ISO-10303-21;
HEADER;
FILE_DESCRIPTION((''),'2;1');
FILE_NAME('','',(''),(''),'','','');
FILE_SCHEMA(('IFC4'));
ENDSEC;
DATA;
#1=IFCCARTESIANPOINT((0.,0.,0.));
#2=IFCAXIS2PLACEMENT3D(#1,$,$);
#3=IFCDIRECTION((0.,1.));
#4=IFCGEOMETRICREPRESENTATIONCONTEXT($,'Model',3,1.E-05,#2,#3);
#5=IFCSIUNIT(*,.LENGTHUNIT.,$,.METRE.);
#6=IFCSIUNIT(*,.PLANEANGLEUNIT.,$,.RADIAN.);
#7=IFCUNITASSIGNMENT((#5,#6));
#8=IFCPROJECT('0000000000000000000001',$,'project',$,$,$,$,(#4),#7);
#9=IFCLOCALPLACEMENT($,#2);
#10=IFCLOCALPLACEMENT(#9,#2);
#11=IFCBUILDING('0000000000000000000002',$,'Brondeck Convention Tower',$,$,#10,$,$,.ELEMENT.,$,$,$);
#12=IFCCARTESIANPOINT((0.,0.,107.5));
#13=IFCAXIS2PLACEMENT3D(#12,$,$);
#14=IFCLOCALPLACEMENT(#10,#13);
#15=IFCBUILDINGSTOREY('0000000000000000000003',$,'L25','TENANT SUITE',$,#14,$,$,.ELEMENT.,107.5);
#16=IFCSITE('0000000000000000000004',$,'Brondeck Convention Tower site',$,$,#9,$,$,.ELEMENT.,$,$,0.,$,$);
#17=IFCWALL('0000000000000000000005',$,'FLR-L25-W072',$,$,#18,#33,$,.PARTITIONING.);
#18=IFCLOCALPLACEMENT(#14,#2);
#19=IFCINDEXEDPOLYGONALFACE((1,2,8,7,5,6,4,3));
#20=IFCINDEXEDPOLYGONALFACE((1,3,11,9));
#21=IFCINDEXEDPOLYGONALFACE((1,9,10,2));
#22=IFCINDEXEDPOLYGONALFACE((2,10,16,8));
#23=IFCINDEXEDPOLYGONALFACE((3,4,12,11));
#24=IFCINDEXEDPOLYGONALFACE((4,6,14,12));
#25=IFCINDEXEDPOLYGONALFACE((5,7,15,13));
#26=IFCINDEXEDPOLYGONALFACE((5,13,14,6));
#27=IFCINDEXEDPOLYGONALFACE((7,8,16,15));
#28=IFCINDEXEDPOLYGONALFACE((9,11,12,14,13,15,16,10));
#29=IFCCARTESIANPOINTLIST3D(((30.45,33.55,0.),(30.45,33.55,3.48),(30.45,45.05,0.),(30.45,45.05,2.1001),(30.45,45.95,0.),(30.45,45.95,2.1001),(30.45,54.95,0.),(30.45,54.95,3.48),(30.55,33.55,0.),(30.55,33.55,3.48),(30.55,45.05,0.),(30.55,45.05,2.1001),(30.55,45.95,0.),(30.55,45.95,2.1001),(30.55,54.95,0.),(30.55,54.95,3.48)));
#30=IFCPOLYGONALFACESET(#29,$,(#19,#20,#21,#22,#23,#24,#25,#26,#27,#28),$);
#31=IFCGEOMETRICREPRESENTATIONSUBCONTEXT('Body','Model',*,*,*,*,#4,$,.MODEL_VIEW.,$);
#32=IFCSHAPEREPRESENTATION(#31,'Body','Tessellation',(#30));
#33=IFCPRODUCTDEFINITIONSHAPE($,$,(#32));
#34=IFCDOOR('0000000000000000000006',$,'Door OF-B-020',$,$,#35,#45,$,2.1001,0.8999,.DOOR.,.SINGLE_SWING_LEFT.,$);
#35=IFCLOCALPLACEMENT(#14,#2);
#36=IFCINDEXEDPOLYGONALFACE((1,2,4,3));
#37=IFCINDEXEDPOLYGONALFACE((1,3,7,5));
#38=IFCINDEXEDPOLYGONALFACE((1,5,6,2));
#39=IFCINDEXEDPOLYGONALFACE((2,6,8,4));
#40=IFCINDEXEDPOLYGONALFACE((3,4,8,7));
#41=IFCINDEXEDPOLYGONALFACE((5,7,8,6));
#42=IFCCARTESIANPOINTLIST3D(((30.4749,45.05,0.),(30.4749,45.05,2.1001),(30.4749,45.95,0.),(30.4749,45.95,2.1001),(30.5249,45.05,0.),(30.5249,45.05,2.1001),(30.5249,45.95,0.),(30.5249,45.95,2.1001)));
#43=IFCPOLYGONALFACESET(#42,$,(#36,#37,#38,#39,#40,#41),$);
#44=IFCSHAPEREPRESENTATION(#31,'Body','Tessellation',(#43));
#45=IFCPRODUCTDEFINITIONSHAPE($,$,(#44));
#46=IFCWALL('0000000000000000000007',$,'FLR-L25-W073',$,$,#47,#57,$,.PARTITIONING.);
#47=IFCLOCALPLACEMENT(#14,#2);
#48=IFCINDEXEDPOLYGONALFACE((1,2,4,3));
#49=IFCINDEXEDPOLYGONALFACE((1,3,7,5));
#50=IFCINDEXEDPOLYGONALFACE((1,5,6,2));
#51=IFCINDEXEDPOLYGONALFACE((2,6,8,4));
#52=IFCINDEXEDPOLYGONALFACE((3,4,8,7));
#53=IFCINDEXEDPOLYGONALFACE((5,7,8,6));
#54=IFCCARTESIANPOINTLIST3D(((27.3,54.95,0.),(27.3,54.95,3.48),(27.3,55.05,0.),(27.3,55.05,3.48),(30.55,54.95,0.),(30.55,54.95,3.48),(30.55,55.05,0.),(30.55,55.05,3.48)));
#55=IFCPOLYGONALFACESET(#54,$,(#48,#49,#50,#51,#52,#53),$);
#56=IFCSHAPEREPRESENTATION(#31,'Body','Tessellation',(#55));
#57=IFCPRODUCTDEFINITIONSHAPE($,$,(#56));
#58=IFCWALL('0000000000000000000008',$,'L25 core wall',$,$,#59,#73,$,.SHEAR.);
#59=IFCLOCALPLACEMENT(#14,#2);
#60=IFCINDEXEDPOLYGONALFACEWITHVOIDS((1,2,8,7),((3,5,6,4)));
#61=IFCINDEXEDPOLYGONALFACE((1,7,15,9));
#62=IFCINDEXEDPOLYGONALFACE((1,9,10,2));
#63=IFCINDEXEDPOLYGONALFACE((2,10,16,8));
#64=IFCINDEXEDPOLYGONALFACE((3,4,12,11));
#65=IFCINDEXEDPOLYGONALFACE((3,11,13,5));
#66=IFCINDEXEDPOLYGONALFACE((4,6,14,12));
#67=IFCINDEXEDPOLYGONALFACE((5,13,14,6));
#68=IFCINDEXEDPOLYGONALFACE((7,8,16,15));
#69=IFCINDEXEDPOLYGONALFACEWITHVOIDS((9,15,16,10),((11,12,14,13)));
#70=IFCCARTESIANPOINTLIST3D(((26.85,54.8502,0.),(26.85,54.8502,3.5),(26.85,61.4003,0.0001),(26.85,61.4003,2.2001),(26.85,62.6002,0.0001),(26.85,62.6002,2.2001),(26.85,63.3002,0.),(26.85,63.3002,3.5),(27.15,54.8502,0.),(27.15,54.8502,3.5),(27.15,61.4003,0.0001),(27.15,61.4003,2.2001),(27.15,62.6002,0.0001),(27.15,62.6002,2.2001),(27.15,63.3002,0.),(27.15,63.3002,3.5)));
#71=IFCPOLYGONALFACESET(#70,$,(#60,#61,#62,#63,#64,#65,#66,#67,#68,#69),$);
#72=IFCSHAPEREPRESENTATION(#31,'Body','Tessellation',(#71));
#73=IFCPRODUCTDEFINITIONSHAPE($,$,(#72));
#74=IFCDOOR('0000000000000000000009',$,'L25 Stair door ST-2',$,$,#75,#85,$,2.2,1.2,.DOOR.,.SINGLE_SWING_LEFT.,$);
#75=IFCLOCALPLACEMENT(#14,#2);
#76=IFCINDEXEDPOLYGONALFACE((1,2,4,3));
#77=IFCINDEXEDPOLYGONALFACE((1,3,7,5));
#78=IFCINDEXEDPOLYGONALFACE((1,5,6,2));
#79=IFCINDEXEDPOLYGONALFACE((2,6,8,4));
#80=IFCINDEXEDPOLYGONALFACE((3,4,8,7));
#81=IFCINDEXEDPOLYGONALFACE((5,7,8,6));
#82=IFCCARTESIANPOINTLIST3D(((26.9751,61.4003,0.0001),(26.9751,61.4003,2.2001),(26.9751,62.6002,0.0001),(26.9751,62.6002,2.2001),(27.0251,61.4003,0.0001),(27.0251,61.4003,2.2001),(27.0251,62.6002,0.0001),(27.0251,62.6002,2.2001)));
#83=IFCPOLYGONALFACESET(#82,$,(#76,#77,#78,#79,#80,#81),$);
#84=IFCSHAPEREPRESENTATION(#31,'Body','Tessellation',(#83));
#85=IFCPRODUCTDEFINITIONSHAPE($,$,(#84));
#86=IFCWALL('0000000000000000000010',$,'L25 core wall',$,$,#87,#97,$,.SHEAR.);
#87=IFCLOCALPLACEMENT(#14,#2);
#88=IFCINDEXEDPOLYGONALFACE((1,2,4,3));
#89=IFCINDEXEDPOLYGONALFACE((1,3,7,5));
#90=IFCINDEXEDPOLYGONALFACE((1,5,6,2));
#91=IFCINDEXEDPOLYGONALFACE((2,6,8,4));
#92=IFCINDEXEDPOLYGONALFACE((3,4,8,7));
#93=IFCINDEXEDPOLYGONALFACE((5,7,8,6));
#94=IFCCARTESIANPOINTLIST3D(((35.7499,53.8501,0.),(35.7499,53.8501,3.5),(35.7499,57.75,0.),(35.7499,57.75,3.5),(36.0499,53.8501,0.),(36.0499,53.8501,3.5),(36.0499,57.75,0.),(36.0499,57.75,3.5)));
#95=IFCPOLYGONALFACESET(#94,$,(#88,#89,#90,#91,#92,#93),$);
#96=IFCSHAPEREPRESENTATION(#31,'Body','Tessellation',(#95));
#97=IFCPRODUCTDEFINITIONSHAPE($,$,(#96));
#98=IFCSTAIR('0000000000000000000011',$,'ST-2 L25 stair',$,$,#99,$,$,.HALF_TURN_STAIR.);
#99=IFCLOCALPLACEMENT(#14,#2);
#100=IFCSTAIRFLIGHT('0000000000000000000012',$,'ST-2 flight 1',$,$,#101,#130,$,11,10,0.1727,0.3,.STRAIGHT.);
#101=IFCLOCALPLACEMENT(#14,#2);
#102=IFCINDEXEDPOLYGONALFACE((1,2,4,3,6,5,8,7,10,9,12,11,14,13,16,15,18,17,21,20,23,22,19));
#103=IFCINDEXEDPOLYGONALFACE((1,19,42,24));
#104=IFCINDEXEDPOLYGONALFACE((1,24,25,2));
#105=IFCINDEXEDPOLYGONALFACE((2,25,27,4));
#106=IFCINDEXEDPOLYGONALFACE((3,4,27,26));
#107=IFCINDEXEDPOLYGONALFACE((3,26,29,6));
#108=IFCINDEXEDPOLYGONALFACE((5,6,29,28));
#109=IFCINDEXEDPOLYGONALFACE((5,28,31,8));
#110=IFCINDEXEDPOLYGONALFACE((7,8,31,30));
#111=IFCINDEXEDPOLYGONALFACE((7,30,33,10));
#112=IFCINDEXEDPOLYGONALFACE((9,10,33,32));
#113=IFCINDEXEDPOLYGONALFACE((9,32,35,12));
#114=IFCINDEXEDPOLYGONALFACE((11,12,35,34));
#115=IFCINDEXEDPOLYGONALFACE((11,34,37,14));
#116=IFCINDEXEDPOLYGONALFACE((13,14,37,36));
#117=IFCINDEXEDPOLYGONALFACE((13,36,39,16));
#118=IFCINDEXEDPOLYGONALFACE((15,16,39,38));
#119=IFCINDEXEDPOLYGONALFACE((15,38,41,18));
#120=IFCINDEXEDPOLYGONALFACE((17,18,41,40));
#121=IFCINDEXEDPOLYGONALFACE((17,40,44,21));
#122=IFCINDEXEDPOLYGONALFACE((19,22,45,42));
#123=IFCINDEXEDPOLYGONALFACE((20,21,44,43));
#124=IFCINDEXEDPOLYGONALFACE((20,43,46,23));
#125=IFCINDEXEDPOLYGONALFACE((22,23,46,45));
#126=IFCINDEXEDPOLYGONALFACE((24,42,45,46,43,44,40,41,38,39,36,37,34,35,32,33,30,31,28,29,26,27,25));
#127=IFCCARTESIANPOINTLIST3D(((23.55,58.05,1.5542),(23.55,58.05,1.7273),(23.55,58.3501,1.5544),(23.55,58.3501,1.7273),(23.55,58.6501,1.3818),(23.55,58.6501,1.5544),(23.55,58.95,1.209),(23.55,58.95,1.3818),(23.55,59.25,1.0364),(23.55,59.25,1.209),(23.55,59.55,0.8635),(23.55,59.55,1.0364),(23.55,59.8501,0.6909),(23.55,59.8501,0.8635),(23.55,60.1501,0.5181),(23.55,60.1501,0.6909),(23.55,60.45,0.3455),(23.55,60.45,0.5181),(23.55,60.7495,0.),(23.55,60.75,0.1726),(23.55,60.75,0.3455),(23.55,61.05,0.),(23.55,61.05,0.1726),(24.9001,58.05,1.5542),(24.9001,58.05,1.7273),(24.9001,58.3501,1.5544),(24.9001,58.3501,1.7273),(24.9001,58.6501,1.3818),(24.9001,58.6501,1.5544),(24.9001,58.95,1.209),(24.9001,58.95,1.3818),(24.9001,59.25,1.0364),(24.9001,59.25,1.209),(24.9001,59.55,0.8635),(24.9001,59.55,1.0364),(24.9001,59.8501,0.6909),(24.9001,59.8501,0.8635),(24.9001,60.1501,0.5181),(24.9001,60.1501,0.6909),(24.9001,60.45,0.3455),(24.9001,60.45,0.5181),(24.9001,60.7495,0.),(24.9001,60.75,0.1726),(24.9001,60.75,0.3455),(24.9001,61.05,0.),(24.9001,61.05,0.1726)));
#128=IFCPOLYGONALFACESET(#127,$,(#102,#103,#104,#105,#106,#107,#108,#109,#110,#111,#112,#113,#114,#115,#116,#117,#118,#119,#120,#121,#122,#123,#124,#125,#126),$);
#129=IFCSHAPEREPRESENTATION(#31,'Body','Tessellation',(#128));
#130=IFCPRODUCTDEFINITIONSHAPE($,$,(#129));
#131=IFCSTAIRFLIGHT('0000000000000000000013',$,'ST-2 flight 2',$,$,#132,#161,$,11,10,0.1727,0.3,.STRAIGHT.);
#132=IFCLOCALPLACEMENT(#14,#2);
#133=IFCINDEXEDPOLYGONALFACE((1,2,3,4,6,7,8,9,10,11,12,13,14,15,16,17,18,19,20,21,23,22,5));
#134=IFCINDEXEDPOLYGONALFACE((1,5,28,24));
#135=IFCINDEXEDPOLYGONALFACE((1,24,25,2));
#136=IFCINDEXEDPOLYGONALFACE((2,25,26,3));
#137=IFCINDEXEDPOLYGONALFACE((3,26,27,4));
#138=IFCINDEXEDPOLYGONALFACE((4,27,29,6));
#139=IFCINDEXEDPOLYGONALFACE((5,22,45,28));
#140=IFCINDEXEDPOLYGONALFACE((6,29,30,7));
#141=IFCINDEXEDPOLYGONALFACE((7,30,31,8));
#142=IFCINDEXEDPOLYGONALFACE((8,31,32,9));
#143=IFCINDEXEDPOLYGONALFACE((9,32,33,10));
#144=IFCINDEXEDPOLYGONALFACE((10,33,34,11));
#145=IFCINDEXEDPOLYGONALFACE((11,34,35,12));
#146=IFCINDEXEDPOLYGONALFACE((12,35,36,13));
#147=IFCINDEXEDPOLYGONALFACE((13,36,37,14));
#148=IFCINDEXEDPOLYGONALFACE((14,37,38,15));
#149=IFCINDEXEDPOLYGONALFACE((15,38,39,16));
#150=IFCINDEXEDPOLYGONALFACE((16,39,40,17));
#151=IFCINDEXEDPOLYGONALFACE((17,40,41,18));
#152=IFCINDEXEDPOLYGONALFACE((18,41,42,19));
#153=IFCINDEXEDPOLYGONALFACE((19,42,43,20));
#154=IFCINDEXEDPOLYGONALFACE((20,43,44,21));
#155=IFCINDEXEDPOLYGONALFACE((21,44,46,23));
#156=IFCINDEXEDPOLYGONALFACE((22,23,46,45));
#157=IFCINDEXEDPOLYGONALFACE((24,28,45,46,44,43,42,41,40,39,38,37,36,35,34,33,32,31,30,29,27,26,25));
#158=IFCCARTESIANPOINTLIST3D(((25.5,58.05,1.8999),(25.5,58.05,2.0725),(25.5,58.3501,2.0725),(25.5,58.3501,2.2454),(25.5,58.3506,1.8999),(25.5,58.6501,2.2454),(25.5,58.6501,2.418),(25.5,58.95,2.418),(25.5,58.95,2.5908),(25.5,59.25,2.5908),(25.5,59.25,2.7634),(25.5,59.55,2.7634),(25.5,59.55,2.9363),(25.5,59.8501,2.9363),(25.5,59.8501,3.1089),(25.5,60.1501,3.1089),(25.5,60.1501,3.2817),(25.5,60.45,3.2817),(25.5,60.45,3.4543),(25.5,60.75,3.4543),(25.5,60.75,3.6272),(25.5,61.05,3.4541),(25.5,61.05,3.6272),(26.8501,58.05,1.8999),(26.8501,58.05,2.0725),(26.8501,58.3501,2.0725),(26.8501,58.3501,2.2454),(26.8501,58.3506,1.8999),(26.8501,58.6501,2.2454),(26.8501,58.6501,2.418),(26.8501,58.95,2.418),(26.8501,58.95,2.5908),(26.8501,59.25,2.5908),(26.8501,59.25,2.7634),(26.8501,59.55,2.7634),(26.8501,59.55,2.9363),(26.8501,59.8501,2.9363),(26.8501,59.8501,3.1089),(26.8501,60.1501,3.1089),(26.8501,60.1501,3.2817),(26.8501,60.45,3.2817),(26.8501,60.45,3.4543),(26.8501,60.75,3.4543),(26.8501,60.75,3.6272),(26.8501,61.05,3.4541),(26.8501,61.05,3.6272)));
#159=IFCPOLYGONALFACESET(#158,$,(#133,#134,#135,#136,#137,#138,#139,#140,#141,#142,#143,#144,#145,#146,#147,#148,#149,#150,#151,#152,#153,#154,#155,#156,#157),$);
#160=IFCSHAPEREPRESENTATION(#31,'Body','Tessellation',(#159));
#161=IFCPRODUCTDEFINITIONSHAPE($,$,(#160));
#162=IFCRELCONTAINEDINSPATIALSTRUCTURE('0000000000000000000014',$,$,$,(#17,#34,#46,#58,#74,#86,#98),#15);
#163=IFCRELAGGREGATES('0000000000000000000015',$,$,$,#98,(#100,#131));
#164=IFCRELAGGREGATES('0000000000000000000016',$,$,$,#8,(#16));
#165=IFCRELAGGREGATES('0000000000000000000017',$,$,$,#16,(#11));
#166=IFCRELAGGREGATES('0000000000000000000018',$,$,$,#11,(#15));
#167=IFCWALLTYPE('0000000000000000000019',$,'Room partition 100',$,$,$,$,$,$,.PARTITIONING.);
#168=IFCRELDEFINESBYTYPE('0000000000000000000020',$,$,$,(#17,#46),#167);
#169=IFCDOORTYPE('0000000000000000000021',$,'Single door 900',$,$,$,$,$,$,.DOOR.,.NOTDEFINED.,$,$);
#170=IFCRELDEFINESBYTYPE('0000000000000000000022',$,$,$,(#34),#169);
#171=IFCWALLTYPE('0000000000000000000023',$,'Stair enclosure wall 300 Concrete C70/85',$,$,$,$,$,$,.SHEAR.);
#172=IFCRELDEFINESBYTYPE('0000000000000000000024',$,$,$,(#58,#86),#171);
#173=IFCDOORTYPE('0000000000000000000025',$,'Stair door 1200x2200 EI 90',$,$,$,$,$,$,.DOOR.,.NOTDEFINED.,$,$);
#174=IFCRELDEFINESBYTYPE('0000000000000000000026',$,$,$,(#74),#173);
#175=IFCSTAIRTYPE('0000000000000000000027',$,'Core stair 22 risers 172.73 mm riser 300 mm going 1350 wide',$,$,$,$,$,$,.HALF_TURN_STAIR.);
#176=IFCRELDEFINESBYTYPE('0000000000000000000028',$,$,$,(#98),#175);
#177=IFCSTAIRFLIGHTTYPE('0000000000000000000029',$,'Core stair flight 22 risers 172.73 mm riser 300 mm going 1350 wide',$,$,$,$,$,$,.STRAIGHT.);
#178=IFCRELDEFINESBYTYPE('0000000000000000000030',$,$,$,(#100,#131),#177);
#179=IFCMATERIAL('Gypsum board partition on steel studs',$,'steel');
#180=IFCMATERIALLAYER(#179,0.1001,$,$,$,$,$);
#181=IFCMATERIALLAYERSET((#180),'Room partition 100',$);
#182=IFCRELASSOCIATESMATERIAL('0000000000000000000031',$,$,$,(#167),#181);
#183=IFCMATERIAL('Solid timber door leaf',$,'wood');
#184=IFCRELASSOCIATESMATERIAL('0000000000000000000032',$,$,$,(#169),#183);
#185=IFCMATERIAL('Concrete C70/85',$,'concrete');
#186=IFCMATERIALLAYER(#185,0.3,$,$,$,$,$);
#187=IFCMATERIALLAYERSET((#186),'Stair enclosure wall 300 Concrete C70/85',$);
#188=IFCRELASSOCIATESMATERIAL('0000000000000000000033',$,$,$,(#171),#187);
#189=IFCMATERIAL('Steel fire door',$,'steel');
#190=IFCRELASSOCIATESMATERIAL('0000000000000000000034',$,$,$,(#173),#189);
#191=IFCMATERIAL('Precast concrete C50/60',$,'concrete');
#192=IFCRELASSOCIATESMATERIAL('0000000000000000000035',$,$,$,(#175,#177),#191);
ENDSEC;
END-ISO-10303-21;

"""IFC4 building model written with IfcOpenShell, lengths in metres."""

from ifc_helpers import new_model, si_unit, direction, frame, frame_2d, origin, place, context, subcontext, project, spatial, polyline, rectangle, outline, extrude, material, layer, layer_set, type_object, element, fill, aggregate, save


model = new_model("IFC4")

# Units and contexts
model_context = context("Model", 3, precision=1e-05, world=origin(), true_north=direction((0.0, 1.0)))
body_context = subcontext(model_context, "Body", "Model", "MODEL_VIEW")
ifc_project = project(units=[si_unit("LENGTHUNIT", "METRE"), si_unit("PLANEANGLEUNIT", "RADIAN")], contexts=[model_context])

# Site, building, storey
site_placement = place(None, origin())
site = spatial("IfcSite", under=ifc_project, at=site_placement, Name="Brondeck Convention Tower site", CompositionType="ELEMENT", RefElevation=0.0)
building_placement = place(site_placement, origin())
building = spatial("IfcBuilding", under=site, at=building_placement, Name="Brondeck Convention Tower", CompositionType="ELEMENT")
storey_placement = place(building_placement, frame((0.0, 0.0, 107.5)))
storey = spatial("IfcBuildingStorey", under=building, at=storey_placement, Name="L25", Description="TENANT SUITE", CompositionType="ELEMENT", Elevation=107.5)

# Shared definitions
ifc_material_1 = material(Name="Concrete C70/85", Category="concrete")

# Shared definitions
ifc_material_2 = material(Name="Gypsum board partition on steel studs", Category="steel")
ifc_layer_1 = layer(ifc_material_2, 0.1001)
ifc_layer_set_1 = layer_set([ifc_layer_1], Name="Room partition 100")
wall_type_1 = type_object("IfcWallType", Name="Room partition 100", PredefinedType="PARTITIONING", material=ifc_layer_set_1)

# Wall, opening, door
wall_1_placement = place(storey_placement, frame((30.5, 54.95, 0.0), z_axis=(0.0, 0.0, 1.0), x_axis=(0.0, -1.0, 0.0)))
wall_1 = element("IfcWall", 1, at=wall_1_placement, inside=storey, type_object=wall_type_1, Name="FLR-L25-W072", PredefinedType="PARTITIONING", context=body_context, shape_type="SweptSolid", body=[
    extrude(rectangle(XDim=21.3999, YDim=0.1001, at=frame_2d((10.7, 0.0))), origin(), (0.0, 0.0, 1.0), 3.48),
])
opening_1_placement = place(wall_1_placement, frame((9.0, 0.0, 0.0)))
opening_1 = element("IfcOpeningElement", 2, at=opening_1_placement, cuts=wall_1, PredefinedType="OPENING", context=body_context, shape_type="SweptSolid", body=[
    extrude(rectangle(XDim=0.8999, YDim=2.1001, at=frame_2d((0.45, 1.05))), frame((0.0, 0.0601, 0.0), z_axis=(0.0, -1.0, 0.0), x_axis=(1.0, 0.0, 0.0)), (0.0, 0.0, 1.0), 0.1201),
])
ifc_material_3 = material(Name="Solid timber door leaf", Category="wood")
door_type_1 = type_object("IfcDoorType", Name="Single door 900", OperationType="NOTDEFINED", PredefinedType="DOOR", material=ifc_material_3)
door_1_placement = place(opening_1_placement, origin())
door_1 = element("IfcDoor", 3, at=door_1_placement, inside=storey, type_object=door_type_1, Name="Door OF-B-020", OperationType="SINGLE_SWING_LEFT", OverallHeight=2.1001, OverallWidth=0.8999, PredefinedType="DOOR", context=body_context, shape_type="SweptSolid", body=[
    extrude(rectangle(XDim=0.8999, YDim=2.1001, at=frame_2d((0.45, 1.05))), frame((0.0, 0.0249, 0.0), z_axis=(0.0, -1.0, 0.0), x_axis=(1.0, 0.0, 0.0)), (0.0, 0.0, 1.0), 0.05),
])
fill(opening_1, door_1)

# Wall
wall_2_placement = place(storey_placement, frame((27.3, 55.0, 0.0), z_axis=(0.0, 0.0, 1.0), x_axis=(1.0, 0.0, 0.0)))
element("IfcWall", 4, at=wall_2_placement, inside=storey, type_object=wall_type_1, Name="FLR-L25-W073", PredefinedType="PARTITIONING", context=body_context, shape_type="SweptSolid", body=[
    extrude(rectangle(XDim=3.25, YDim=0.1001, at=frame_2d((1.625, 0.0))), origin(), (0.0, 0.0, 1.0), 3.48),
])

# Wall, opening, door
ifc_layer_2 = layer(ifc_material_1, 0.3)
ifc_layer_set_2 = layer_set([ifc_layer_2], Name="Stair enclosure wall 300 Concrete C70/85")
wall_type_2 = type_object("IfcWallType", Name="Stair enclosure wall 300 Concrete C70/85", PredefinedType="SHEAR", material=ifc_layer_set_2)
wall_3_placement = place(storey_placement, frame((27.0, 54.8501, 0.0), z_axis=(0.0, 0.0, 1.0), x_axis=(0.0, 1.0, 0.0)))
wall_3 = element("IfcWall", 5, at=wall_3_placement, inside=storey, type_object=wall_type_2, Name="L25 core wall", PredefinedType="SHEAR", context=body_context, shape_type="SweptSolid", body=[
    extrude(rectangle(XDim=8.45, YDim=0.3, at=frame_2d((4.2251, 0.0))), origin(), (0.0, 0.0, 1.0), 3.5),
])
opening_2_placement = place(wall_3_placement, frame((6.55, 0.0, 0.0)))
opening_2 = element("IfcOpeningElement", 6, at=opening_2_placement, cuts=wall_3, PredefinedType="OPENING", context=body_context, shape_type="SweptSolid", body=[
    extrude(rectangle(XDim=1.2, YDim=2.2, at=frame_2d((0.6001, 1.1001))), frame((0.0, 0.1599, 0.0), z_axis=(0.0, -1.0, 0.0), x_axis=(1.0, 0.0, 0.0)), (0.0, 0.0, 1.0), 0.3201),
])
ifc_material_4 = material(Name="Steel fire door", Category="steel")
door_type_2 = type_object("IfcDoorType", Name="Stair door 1200x2200 EI 90", OperationType="NOTDEFINED", PredefinedType="DOOR", material=ifc_material_4)
door_2_placement = place(opening_2_placement, origin())
door_2 = element("IfcDoor", 7, at=door_2_placement, inside=storey, type_object=door_type_2, Name="L25 Stair door ST-2", OperationType="SINGLE_SWING_LEFT", OverallHeight=2.2, OverallWidth=1.2, PredefinedType="DOOR", context=body_context, shape_type="SweptSolid", body=[
    extrude(rectangle(XDim=1.2, YDim=2.2, at=frame_2d((0.6001, 1.1001))), frame((0.0, 0.0249, 0.0), z_axis=(0.0, -1.0, 0.0), x_axis=(1.0, 0.0, 0.0)), (0.0, 0.0, 1.0), 0.05),
])
fill(opening_2, door_2)

# Wall
wall_4_placement = place(storey_placement, frame((35.8999, 53.8501, 0.0), z_axis=(0.0, 0.0, 1.0), x_axis=(0.0, 1.0, 0.0)))
element("IfcWall", 8, at=wall_4_placement, inside=storey, type_object=wall_type_2, Name="L25 core wall", PredefinedType="SHEAR", context=body_context, shape_type="SweptSolid", body=[
    extrude(rectangle(XDim=3.8999, YDim=0.3, at=frame_2d((1.95, 0.0))), origin(), (0.0, 0.0, 1.0), 3.5),
])

# Stair, stair flights
ifc_material_5 = material(Name="Precast concrete C50/60", Category="concrete")
stair_type = type_object("IfcStairType", Name="Core stair 22 risers 172.73 mm riser 300 mm going 1350 wide", PredefinedType="HALF_TURN_STAIR", material=ifc_material_5)
stair_placement = place(storey_placement, origin())
stair = element("IfcStair", 9, at=stair_placement, inside=storey, type_object=stair_type, Name="ST-2 L25 stair", PredefinedType="HALF_TURN_STAIR")
stair_flight_type = type_object("IfcStairFlightType", Name="Core stair flight 22 risers 172.73 mm riser 300 mm going 1350 wide", PredefinedType="STRAIGHT", material=ifc_material_5)
stair_flight_1_placement = place(storey_placement, frame((24.2251, 61.05, 0.0), z_axis=(0.0, 0.0, 1.0), x_axis=(0.0, -1.0, 0.0)))
stair_flight_1 = element("IfcStairFlight", 10, at=stair_flight_1_placement, type_object=stair_flight_type, Name="ST-2 flight 1", NumberOfRisers=11, NumberOfTreads=10, PredefinedType="STRAIGHT", RiserHeight=0.1727, TreadLength=0.3, context=body_context, shape_type="SweptSolid", body=[
    extrude(outline(polyline([(0.0, 0.0), (0.0, 0.1726), (0.3, 0.1726), (0.3, 0.3455), (0.6001, 0.3455), (0.6001, 0.5181), (0.8999, 0.5181), (0.8999, 0.6909), (1.2, 0.6909), (1.2, 0.8635), (1.5, 0.8635), (1.5, 1.0364), (1.8, 1.0364), (1.8, 1.209), (2.1001, 1.209), (2.1001, 1.3818), (2.3999, 1.3818), (2.3999, 1.5544), (2.7, 1.5544), (2.7, 1.7273), (3.0, 1.7273), (3.0, 1.8999), (3.0, 1.5542), (0.3005, 0.0), (0.0, 0.0)])), frame((0.0, 0.675, 0.0), z_axis=(0.0, -1.0, 0.0), x_axis=(1.0, 0.0, 0.0)), (0.0, 0.0, 1.0), 1.3501),
])
stair_flight_2_placement = place(storey_placement, frame((26.175, 58.05, 1.8999), z_axis=(0.0, 0.0, 1.0), x_axis=(0.0, 1.0, 0.0)))
stair_flight_2 = element("IfcStairFlight", 11, at=stair_flight_2_placement, type_object=stair_flight_type, Name="ST-2 flight 2", NumberOfRisers=11, NumberOfTreads=10, PredefinedType="STRAIGHT", RiserHeight=0.1727, TreadLength=0.3, context=body_context, shape_type="SweptSolid", body=[
    extrude(outline(polyline([(0.0, 0.0), (0.0, 0.1726), (0.3, 0.1726), (0.3, 0.3455), (0.6001, 0.3455), (0.6001, 0.5181), (0.8999, 0.5181), (0.8999, 0.6909), (1.2, 0.6909), (1.2, 0.8635), (1.5, 0.8635), (1.5, 1.0364), (1.8, 1.0364), (1.8, 1.209), (2.1001, 1.209), (2.1001, 1.3818), (2.3999, 1.3818), (2.3999, 1.5544), (2.7, 1.5544), (2.7, 1.7273), (3.0, 1.7273), (3.0, 1.8999), (3.0, 1.5542), (0.3005, 0.0), (0.0, 0.0)])), frame((0.0, 0.675, 0.0), z_axis=(0.0, -1.0, 0.0), x_axis=(1.0, 0.0, 0.0)), (0.0, 0.0, 1.0), 1.3501),
])
aggregate(stair, [stair_flight_1, stair_flight_2])

save(model, "model.ifc")
